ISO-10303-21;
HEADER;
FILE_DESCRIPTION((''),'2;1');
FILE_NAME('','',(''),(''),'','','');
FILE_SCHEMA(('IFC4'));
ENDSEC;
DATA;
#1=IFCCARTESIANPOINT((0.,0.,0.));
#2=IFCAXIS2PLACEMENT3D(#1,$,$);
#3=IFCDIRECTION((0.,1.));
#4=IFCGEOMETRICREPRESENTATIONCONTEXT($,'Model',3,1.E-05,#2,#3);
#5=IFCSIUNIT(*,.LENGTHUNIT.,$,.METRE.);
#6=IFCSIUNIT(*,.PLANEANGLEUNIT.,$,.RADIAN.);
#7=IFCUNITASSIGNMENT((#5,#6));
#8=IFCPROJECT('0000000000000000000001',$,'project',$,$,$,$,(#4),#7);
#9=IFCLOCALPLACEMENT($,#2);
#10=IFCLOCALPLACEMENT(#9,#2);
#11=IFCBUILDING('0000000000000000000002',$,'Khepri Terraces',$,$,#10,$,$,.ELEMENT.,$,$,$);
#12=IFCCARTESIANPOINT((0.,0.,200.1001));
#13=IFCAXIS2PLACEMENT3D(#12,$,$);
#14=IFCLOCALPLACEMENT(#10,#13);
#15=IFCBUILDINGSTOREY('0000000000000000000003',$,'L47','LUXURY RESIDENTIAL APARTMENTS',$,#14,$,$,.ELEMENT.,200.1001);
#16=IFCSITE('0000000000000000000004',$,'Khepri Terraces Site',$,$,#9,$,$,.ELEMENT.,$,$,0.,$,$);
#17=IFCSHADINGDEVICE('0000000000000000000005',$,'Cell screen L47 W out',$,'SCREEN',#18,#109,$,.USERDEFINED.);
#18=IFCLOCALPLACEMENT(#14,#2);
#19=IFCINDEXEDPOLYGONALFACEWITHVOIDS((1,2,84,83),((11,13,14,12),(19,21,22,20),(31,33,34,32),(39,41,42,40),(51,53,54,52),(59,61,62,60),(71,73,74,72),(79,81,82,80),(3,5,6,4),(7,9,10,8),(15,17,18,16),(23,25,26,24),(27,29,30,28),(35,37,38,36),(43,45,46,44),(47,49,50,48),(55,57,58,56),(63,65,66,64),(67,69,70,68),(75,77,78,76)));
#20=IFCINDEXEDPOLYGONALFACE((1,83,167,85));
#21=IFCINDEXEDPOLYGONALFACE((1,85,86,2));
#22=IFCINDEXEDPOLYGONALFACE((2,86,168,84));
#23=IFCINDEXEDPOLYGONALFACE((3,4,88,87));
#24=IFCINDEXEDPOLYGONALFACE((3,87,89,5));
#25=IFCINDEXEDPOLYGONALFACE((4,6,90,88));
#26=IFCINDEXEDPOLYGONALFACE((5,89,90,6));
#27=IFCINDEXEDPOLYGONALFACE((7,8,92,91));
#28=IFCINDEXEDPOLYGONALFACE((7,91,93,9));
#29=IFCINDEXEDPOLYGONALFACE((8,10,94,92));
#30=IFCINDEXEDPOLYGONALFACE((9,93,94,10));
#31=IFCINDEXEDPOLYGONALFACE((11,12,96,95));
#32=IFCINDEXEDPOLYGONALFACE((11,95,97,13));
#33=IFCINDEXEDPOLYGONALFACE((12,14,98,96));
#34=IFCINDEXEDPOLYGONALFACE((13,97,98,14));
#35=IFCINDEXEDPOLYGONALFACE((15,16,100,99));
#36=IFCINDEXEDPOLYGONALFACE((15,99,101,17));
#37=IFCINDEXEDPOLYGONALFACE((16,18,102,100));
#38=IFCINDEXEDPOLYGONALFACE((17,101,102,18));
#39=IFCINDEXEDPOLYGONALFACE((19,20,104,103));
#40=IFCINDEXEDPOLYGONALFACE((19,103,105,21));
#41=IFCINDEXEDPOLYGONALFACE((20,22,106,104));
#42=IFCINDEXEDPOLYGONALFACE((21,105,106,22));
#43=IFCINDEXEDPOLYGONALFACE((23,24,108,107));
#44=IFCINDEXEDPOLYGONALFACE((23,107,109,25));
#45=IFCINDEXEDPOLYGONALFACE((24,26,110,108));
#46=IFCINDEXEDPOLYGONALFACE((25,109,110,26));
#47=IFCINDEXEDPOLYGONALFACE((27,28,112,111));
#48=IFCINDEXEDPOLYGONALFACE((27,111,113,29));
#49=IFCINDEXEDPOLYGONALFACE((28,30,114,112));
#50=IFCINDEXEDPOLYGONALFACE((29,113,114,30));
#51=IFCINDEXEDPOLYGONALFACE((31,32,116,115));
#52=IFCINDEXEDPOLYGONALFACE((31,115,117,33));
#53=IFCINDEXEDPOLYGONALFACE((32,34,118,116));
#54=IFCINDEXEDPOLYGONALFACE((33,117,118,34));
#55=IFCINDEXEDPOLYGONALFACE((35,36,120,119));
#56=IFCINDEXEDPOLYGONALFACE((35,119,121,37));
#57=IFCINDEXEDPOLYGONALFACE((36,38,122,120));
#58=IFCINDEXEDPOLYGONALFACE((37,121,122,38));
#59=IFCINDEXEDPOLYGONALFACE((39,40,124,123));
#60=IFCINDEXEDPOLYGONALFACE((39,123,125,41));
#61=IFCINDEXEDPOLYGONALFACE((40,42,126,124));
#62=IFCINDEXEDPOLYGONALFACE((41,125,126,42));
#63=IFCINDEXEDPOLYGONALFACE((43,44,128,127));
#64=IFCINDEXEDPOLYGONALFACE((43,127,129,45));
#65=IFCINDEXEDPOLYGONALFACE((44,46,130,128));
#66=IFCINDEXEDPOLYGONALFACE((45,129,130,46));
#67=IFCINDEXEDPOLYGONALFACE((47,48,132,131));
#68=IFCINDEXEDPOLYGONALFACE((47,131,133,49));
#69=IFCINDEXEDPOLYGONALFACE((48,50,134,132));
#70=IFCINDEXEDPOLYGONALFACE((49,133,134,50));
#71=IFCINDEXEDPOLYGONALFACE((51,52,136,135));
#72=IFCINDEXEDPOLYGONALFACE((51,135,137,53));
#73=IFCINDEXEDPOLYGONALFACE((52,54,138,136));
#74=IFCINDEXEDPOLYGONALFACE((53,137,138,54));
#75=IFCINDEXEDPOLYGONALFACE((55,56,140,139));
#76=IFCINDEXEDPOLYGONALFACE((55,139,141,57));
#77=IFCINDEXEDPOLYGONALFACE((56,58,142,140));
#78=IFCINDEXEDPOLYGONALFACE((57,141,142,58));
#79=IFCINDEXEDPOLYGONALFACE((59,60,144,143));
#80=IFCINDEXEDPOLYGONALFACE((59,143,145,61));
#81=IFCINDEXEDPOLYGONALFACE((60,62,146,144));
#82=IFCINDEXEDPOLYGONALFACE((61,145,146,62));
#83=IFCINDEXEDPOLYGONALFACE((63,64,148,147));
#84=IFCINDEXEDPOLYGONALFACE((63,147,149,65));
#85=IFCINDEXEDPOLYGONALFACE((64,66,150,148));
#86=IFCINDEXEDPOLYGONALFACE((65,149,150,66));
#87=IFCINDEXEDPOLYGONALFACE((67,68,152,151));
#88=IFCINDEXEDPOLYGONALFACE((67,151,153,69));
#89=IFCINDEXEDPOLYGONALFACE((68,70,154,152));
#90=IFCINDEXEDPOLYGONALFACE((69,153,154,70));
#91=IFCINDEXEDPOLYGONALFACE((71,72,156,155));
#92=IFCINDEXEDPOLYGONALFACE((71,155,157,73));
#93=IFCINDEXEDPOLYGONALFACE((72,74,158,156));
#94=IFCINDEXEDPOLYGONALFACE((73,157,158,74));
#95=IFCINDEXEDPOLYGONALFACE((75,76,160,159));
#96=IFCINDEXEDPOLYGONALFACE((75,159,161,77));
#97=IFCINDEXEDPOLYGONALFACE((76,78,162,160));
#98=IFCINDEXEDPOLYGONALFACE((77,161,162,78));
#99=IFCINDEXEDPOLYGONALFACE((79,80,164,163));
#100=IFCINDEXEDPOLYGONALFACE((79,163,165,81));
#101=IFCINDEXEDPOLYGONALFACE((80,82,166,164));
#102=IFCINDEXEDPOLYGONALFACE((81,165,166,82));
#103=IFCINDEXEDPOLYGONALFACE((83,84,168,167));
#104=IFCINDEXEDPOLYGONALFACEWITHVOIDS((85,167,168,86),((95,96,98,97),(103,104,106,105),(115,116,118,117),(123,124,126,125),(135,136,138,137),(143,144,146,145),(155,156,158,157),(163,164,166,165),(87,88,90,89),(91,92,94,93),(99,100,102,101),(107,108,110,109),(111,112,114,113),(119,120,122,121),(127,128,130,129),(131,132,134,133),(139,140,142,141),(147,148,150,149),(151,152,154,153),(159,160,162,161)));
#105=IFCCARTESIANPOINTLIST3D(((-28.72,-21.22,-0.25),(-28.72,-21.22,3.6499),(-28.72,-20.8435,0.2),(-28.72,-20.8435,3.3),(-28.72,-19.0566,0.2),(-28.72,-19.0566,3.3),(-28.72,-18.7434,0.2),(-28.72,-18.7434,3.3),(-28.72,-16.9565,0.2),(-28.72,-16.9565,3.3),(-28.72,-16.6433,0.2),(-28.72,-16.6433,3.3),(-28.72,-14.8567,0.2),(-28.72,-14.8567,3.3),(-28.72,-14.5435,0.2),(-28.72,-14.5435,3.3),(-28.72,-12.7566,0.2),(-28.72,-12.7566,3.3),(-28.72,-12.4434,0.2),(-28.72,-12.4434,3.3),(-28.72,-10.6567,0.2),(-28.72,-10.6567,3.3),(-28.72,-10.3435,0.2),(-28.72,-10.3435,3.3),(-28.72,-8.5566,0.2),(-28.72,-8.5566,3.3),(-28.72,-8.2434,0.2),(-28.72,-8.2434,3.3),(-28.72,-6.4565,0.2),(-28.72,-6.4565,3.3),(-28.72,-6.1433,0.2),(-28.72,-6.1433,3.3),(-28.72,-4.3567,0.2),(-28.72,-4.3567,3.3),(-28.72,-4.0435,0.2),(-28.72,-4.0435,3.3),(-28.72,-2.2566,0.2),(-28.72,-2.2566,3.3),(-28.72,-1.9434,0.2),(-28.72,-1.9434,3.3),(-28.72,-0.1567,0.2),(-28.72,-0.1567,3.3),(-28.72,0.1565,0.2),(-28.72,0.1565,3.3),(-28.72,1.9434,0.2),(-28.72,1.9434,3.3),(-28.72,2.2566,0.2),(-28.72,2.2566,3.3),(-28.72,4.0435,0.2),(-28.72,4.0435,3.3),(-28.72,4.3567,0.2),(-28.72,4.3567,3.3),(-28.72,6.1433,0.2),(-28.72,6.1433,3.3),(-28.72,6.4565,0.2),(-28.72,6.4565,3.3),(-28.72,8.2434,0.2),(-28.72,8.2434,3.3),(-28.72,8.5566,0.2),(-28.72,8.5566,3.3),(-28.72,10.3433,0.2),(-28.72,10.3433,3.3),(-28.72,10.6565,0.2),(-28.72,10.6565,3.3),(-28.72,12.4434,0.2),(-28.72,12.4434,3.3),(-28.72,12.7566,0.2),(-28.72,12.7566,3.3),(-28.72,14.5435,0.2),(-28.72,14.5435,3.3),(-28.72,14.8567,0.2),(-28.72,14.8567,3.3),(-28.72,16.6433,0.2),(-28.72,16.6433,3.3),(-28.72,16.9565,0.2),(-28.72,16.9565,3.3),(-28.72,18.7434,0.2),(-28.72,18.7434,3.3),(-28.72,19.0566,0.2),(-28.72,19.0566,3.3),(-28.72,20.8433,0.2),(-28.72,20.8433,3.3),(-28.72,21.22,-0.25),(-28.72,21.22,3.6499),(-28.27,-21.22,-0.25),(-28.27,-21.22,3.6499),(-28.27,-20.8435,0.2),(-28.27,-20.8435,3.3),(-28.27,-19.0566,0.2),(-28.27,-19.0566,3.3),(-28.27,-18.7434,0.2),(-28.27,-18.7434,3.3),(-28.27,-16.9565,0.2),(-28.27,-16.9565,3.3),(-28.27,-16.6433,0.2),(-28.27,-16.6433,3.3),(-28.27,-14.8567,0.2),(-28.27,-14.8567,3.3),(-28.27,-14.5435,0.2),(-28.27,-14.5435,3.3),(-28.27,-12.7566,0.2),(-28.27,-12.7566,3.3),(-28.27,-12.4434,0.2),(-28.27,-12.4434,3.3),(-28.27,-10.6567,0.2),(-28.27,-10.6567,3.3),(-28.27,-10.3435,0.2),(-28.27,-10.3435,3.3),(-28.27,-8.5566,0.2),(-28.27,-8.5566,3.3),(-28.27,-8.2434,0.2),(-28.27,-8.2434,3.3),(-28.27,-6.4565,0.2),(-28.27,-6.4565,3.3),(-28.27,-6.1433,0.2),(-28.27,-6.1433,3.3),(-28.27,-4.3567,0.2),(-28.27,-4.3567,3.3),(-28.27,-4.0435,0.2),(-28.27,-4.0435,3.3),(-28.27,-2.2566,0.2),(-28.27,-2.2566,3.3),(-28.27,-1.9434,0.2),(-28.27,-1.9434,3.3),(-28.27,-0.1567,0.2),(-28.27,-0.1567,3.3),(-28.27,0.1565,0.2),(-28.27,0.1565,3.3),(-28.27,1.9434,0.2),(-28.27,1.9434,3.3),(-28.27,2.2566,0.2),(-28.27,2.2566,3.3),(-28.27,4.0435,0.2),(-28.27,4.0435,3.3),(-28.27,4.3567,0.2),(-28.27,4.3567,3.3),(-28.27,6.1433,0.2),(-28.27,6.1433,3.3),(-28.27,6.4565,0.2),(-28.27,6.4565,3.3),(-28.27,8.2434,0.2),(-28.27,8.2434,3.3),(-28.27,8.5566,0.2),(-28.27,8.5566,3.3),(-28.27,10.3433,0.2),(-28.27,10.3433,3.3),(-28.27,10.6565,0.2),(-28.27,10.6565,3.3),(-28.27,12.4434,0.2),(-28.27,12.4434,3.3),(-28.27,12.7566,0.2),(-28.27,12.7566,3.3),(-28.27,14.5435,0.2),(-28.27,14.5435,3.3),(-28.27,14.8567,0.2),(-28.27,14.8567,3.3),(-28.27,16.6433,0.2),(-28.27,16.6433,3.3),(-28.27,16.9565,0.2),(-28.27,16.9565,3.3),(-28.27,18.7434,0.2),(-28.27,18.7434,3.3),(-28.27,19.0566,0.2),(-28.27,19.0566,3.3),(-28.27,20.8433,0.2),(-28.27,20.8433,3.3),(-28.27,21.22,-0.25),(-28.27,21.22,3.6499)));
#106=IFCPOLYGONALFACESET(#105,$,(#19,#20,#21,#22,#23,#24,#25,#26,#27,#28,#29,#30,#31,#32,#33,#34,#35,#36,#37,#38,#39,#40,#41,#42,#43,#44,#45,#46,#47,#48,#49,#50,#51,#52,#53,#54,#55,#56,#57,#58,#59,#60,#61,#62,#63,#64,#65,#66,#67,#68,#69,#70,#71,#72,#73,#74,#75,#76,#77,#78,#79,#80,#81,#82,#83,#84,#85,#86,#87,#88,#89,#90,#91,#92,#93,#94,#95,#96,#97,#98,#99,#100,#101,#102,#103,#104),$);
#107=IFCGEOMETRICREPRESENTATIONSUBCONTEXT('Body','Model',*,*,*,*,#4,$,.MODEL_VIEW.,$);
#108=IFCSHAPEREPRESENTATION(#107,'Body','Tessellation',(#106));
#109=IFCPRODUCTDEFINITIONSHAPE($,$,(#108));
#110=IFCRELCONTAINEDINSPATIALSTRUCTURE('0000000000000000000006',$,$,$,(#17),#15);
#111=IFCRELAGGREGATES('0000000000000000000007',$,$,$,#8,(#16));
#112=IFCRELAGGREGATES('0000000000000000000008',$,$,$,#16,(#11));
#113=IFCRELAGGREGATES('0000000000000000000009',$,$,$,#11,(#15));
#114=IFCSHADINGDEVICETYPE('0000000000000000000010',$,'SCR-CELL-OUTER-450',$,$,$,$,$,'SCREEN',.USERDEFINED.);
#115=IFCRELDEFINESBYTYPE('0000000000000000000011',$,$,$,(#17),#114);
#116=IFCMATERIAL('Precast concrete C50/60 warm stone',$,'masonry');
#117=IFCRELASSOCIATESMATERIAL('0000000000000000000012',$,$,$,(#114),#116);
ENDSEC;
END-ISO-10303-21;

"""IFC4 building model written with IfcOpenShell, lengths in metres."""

from ifc_helpers import new_model, si_unit, direction, frame, origin, place, context, subcontext, project, spatial, polyline, outline, extrude, material, type_object, element, save


model = new_model("IFC4")

# Units and contexts
model_context = context("Model", 3, precision=1e-05, world=origin(), true_north=direction((0.0, 1.0)))
body_context = subcontext(model_context, "Body", "Model", "MODEL_VIEW")
ifc_project = project(units=[si_unit("LENGTHUNIT", "METRE"), si_unit("PLANEANGLEUNIT", "RADIAN")], contexts=[model_context])

# Site, building, storey
site_placement = place(None, origin())
site = spatial("IfcSite", under=ifc_project, at=site_placement, Name="Khepri Terraces Site", CompositionType="ELEMENT", RefElevation=0.0)
building_placement = place(site_placement, origin())
building = spatial("IfcBuilding", under=site, at=building_placement, Name="Khepri Terraces", CompositionType="ELEMENT")
storey_placement = place(building_placement, frame((0.0, 0.0, 200.1001)))
storey = spatial("IfcBuildingStorey", under=building, at=storey_placement, Name="L47", Description="LUXURY RESIDENTIAL APARTMENTS", CompositionType="ELEMENT", Elevation=200.1001)

# Shared definitions
ifc_material_1 = material(Name="Precast concrete C50/60 warm stone", Category="masonry")

# Shading device
shading_device_type_1 = type_object("IfcShadingDeviceType", Name="SCR-CELL-OUTER-450", ElementType="SCREEN", PredefinedType="USERDEFINED", material=ifc_material_1)
shading_device_1_placement = place(storey_placement, frame((-28.27, 21.22, -0.25), z_axis=(-1.0, 0.0, 0.0), x_axis=(0.0, -1.0, 0.0)))
element("IfcShadingDevice", 1, at=shading_device_1_placement, inside=storey, type_object=shading_device_type_1, Name="Cell screen L47 W out", ObjectType="SCREEN", PredefinedType="USERDEFINED", context=body_context, shape_type="SweptSolid", body=[
    extrude(outline(polyline([(0.0, 0.0), (42.4399, 0.0), (42.4399, 3.8999), (0.0, 3.8999), (0.0, 0.0)]), holes=[polyline([(0.3767, 0.45), (2.1633, 0.45), (2.1633, 3.55), (0.3767, 3.55), (0.3767, 0.45)]), polyline([(2.4766, 0.45), (4.2634, 0.45), (4.2634, 3.55), (2.4766, 3.55), (2.4766, 0.45)]), polyline([(4.5767, 0.45), (6.3633, 0.45), (6.3633, 3.55), (4.5767, 3.55), (4.5767, 0.45)]), polyline([(6.6765, 0.45), (8.4634, 0.45), (8.4634, 3.55), (6.6765, 3.55), (6.6765, 0.45)]), polyline([(8.7766, 0.45), (10.5635, 0.45), (10.5635, 3.55), (8.7766, 3.55), (8.7766, 0.45)]), polyline([(10.8767, 0.45), (12.6633, 0.45), (12.6633, 3.55), (10.8767, 3.55), (10.8767, 0.45)]), polyline([(12.9766, 0.45), (14.7634, 0.45), (14.7634, 3.55), (12.9766, 3.55), (12.9766, 0.45)]), polyline([(15.0767, 0.45), (16.8633, 0.45), (16.8633, 3.55), (15.0767, 3.55), (15.0767, 0.45)]), polyline([(17.1765, 0.45), (18.9634, 0.45), (18.9634, 3.55), (17.1765, 3.55), (17.1765, 0.45)]), polyline([(19.2766, 0.45), (21.0635, 0.45), (21.0635, 3.55), (19.2766, 3.55), (19.2766, 0.45)]), polyline([(21.3767, 0.45), (23.1633, 0.45), (23.1633, 3.55), (21.3767, 3.55), (21.3767, 0.45)]), polyline([(23.4766, 0.45), (25.2634, 0.45), (25.2634, 3.55), (23.4766, 3.55), (23.4766, 0.45)]), polyline([(25.5767, 0.45), (27.3633, 0.45), (27.3633, 3.55), (25.5767, 3.55), (25.5767, 0.45)]), polyline([(27.6765, 0.45), (29.4634, 0.45), (29.4634, 3.55), (27.6765, 3.55), (27.6765, 0.45)]), polyline([(29.7766, 0.45), (31.5635, 0.45), (31.5635, 3.55), (29.7766, 3.55), (29.7766, 0.45)]), polyline([(31.8767, 0.45), (33.6633, 0.45), (33.6633, 3.55), (31.8767, 3.55), (31.8767, 0.45)]), polyline([(33.9766, 0.45), (35.7634, 0.45), (35.7634, 3.55), (33.9766, 3.55), (33.9766, 0.45)]), polyline([(36.0767, 0.45), (37.8633, 0.45), (37.8633, 3.55), (36.0767, 3.55), (36.0767, 0.45)]), polyline([(38.1765, 0.45), (39.9634, 0.45), (39.9634, 3.55), (38.1765, 3.55), (38.1765, 0.45)]), polyline([(40.2766, 0.45), (42.0635, 0.45), (42.0635, 3.55), (40.2766, 3.55), (40.2766, 0.45)])]), origin(), (0.0, 0.0, 1.0), 0.45),
])

save(model, "model.ifc")
